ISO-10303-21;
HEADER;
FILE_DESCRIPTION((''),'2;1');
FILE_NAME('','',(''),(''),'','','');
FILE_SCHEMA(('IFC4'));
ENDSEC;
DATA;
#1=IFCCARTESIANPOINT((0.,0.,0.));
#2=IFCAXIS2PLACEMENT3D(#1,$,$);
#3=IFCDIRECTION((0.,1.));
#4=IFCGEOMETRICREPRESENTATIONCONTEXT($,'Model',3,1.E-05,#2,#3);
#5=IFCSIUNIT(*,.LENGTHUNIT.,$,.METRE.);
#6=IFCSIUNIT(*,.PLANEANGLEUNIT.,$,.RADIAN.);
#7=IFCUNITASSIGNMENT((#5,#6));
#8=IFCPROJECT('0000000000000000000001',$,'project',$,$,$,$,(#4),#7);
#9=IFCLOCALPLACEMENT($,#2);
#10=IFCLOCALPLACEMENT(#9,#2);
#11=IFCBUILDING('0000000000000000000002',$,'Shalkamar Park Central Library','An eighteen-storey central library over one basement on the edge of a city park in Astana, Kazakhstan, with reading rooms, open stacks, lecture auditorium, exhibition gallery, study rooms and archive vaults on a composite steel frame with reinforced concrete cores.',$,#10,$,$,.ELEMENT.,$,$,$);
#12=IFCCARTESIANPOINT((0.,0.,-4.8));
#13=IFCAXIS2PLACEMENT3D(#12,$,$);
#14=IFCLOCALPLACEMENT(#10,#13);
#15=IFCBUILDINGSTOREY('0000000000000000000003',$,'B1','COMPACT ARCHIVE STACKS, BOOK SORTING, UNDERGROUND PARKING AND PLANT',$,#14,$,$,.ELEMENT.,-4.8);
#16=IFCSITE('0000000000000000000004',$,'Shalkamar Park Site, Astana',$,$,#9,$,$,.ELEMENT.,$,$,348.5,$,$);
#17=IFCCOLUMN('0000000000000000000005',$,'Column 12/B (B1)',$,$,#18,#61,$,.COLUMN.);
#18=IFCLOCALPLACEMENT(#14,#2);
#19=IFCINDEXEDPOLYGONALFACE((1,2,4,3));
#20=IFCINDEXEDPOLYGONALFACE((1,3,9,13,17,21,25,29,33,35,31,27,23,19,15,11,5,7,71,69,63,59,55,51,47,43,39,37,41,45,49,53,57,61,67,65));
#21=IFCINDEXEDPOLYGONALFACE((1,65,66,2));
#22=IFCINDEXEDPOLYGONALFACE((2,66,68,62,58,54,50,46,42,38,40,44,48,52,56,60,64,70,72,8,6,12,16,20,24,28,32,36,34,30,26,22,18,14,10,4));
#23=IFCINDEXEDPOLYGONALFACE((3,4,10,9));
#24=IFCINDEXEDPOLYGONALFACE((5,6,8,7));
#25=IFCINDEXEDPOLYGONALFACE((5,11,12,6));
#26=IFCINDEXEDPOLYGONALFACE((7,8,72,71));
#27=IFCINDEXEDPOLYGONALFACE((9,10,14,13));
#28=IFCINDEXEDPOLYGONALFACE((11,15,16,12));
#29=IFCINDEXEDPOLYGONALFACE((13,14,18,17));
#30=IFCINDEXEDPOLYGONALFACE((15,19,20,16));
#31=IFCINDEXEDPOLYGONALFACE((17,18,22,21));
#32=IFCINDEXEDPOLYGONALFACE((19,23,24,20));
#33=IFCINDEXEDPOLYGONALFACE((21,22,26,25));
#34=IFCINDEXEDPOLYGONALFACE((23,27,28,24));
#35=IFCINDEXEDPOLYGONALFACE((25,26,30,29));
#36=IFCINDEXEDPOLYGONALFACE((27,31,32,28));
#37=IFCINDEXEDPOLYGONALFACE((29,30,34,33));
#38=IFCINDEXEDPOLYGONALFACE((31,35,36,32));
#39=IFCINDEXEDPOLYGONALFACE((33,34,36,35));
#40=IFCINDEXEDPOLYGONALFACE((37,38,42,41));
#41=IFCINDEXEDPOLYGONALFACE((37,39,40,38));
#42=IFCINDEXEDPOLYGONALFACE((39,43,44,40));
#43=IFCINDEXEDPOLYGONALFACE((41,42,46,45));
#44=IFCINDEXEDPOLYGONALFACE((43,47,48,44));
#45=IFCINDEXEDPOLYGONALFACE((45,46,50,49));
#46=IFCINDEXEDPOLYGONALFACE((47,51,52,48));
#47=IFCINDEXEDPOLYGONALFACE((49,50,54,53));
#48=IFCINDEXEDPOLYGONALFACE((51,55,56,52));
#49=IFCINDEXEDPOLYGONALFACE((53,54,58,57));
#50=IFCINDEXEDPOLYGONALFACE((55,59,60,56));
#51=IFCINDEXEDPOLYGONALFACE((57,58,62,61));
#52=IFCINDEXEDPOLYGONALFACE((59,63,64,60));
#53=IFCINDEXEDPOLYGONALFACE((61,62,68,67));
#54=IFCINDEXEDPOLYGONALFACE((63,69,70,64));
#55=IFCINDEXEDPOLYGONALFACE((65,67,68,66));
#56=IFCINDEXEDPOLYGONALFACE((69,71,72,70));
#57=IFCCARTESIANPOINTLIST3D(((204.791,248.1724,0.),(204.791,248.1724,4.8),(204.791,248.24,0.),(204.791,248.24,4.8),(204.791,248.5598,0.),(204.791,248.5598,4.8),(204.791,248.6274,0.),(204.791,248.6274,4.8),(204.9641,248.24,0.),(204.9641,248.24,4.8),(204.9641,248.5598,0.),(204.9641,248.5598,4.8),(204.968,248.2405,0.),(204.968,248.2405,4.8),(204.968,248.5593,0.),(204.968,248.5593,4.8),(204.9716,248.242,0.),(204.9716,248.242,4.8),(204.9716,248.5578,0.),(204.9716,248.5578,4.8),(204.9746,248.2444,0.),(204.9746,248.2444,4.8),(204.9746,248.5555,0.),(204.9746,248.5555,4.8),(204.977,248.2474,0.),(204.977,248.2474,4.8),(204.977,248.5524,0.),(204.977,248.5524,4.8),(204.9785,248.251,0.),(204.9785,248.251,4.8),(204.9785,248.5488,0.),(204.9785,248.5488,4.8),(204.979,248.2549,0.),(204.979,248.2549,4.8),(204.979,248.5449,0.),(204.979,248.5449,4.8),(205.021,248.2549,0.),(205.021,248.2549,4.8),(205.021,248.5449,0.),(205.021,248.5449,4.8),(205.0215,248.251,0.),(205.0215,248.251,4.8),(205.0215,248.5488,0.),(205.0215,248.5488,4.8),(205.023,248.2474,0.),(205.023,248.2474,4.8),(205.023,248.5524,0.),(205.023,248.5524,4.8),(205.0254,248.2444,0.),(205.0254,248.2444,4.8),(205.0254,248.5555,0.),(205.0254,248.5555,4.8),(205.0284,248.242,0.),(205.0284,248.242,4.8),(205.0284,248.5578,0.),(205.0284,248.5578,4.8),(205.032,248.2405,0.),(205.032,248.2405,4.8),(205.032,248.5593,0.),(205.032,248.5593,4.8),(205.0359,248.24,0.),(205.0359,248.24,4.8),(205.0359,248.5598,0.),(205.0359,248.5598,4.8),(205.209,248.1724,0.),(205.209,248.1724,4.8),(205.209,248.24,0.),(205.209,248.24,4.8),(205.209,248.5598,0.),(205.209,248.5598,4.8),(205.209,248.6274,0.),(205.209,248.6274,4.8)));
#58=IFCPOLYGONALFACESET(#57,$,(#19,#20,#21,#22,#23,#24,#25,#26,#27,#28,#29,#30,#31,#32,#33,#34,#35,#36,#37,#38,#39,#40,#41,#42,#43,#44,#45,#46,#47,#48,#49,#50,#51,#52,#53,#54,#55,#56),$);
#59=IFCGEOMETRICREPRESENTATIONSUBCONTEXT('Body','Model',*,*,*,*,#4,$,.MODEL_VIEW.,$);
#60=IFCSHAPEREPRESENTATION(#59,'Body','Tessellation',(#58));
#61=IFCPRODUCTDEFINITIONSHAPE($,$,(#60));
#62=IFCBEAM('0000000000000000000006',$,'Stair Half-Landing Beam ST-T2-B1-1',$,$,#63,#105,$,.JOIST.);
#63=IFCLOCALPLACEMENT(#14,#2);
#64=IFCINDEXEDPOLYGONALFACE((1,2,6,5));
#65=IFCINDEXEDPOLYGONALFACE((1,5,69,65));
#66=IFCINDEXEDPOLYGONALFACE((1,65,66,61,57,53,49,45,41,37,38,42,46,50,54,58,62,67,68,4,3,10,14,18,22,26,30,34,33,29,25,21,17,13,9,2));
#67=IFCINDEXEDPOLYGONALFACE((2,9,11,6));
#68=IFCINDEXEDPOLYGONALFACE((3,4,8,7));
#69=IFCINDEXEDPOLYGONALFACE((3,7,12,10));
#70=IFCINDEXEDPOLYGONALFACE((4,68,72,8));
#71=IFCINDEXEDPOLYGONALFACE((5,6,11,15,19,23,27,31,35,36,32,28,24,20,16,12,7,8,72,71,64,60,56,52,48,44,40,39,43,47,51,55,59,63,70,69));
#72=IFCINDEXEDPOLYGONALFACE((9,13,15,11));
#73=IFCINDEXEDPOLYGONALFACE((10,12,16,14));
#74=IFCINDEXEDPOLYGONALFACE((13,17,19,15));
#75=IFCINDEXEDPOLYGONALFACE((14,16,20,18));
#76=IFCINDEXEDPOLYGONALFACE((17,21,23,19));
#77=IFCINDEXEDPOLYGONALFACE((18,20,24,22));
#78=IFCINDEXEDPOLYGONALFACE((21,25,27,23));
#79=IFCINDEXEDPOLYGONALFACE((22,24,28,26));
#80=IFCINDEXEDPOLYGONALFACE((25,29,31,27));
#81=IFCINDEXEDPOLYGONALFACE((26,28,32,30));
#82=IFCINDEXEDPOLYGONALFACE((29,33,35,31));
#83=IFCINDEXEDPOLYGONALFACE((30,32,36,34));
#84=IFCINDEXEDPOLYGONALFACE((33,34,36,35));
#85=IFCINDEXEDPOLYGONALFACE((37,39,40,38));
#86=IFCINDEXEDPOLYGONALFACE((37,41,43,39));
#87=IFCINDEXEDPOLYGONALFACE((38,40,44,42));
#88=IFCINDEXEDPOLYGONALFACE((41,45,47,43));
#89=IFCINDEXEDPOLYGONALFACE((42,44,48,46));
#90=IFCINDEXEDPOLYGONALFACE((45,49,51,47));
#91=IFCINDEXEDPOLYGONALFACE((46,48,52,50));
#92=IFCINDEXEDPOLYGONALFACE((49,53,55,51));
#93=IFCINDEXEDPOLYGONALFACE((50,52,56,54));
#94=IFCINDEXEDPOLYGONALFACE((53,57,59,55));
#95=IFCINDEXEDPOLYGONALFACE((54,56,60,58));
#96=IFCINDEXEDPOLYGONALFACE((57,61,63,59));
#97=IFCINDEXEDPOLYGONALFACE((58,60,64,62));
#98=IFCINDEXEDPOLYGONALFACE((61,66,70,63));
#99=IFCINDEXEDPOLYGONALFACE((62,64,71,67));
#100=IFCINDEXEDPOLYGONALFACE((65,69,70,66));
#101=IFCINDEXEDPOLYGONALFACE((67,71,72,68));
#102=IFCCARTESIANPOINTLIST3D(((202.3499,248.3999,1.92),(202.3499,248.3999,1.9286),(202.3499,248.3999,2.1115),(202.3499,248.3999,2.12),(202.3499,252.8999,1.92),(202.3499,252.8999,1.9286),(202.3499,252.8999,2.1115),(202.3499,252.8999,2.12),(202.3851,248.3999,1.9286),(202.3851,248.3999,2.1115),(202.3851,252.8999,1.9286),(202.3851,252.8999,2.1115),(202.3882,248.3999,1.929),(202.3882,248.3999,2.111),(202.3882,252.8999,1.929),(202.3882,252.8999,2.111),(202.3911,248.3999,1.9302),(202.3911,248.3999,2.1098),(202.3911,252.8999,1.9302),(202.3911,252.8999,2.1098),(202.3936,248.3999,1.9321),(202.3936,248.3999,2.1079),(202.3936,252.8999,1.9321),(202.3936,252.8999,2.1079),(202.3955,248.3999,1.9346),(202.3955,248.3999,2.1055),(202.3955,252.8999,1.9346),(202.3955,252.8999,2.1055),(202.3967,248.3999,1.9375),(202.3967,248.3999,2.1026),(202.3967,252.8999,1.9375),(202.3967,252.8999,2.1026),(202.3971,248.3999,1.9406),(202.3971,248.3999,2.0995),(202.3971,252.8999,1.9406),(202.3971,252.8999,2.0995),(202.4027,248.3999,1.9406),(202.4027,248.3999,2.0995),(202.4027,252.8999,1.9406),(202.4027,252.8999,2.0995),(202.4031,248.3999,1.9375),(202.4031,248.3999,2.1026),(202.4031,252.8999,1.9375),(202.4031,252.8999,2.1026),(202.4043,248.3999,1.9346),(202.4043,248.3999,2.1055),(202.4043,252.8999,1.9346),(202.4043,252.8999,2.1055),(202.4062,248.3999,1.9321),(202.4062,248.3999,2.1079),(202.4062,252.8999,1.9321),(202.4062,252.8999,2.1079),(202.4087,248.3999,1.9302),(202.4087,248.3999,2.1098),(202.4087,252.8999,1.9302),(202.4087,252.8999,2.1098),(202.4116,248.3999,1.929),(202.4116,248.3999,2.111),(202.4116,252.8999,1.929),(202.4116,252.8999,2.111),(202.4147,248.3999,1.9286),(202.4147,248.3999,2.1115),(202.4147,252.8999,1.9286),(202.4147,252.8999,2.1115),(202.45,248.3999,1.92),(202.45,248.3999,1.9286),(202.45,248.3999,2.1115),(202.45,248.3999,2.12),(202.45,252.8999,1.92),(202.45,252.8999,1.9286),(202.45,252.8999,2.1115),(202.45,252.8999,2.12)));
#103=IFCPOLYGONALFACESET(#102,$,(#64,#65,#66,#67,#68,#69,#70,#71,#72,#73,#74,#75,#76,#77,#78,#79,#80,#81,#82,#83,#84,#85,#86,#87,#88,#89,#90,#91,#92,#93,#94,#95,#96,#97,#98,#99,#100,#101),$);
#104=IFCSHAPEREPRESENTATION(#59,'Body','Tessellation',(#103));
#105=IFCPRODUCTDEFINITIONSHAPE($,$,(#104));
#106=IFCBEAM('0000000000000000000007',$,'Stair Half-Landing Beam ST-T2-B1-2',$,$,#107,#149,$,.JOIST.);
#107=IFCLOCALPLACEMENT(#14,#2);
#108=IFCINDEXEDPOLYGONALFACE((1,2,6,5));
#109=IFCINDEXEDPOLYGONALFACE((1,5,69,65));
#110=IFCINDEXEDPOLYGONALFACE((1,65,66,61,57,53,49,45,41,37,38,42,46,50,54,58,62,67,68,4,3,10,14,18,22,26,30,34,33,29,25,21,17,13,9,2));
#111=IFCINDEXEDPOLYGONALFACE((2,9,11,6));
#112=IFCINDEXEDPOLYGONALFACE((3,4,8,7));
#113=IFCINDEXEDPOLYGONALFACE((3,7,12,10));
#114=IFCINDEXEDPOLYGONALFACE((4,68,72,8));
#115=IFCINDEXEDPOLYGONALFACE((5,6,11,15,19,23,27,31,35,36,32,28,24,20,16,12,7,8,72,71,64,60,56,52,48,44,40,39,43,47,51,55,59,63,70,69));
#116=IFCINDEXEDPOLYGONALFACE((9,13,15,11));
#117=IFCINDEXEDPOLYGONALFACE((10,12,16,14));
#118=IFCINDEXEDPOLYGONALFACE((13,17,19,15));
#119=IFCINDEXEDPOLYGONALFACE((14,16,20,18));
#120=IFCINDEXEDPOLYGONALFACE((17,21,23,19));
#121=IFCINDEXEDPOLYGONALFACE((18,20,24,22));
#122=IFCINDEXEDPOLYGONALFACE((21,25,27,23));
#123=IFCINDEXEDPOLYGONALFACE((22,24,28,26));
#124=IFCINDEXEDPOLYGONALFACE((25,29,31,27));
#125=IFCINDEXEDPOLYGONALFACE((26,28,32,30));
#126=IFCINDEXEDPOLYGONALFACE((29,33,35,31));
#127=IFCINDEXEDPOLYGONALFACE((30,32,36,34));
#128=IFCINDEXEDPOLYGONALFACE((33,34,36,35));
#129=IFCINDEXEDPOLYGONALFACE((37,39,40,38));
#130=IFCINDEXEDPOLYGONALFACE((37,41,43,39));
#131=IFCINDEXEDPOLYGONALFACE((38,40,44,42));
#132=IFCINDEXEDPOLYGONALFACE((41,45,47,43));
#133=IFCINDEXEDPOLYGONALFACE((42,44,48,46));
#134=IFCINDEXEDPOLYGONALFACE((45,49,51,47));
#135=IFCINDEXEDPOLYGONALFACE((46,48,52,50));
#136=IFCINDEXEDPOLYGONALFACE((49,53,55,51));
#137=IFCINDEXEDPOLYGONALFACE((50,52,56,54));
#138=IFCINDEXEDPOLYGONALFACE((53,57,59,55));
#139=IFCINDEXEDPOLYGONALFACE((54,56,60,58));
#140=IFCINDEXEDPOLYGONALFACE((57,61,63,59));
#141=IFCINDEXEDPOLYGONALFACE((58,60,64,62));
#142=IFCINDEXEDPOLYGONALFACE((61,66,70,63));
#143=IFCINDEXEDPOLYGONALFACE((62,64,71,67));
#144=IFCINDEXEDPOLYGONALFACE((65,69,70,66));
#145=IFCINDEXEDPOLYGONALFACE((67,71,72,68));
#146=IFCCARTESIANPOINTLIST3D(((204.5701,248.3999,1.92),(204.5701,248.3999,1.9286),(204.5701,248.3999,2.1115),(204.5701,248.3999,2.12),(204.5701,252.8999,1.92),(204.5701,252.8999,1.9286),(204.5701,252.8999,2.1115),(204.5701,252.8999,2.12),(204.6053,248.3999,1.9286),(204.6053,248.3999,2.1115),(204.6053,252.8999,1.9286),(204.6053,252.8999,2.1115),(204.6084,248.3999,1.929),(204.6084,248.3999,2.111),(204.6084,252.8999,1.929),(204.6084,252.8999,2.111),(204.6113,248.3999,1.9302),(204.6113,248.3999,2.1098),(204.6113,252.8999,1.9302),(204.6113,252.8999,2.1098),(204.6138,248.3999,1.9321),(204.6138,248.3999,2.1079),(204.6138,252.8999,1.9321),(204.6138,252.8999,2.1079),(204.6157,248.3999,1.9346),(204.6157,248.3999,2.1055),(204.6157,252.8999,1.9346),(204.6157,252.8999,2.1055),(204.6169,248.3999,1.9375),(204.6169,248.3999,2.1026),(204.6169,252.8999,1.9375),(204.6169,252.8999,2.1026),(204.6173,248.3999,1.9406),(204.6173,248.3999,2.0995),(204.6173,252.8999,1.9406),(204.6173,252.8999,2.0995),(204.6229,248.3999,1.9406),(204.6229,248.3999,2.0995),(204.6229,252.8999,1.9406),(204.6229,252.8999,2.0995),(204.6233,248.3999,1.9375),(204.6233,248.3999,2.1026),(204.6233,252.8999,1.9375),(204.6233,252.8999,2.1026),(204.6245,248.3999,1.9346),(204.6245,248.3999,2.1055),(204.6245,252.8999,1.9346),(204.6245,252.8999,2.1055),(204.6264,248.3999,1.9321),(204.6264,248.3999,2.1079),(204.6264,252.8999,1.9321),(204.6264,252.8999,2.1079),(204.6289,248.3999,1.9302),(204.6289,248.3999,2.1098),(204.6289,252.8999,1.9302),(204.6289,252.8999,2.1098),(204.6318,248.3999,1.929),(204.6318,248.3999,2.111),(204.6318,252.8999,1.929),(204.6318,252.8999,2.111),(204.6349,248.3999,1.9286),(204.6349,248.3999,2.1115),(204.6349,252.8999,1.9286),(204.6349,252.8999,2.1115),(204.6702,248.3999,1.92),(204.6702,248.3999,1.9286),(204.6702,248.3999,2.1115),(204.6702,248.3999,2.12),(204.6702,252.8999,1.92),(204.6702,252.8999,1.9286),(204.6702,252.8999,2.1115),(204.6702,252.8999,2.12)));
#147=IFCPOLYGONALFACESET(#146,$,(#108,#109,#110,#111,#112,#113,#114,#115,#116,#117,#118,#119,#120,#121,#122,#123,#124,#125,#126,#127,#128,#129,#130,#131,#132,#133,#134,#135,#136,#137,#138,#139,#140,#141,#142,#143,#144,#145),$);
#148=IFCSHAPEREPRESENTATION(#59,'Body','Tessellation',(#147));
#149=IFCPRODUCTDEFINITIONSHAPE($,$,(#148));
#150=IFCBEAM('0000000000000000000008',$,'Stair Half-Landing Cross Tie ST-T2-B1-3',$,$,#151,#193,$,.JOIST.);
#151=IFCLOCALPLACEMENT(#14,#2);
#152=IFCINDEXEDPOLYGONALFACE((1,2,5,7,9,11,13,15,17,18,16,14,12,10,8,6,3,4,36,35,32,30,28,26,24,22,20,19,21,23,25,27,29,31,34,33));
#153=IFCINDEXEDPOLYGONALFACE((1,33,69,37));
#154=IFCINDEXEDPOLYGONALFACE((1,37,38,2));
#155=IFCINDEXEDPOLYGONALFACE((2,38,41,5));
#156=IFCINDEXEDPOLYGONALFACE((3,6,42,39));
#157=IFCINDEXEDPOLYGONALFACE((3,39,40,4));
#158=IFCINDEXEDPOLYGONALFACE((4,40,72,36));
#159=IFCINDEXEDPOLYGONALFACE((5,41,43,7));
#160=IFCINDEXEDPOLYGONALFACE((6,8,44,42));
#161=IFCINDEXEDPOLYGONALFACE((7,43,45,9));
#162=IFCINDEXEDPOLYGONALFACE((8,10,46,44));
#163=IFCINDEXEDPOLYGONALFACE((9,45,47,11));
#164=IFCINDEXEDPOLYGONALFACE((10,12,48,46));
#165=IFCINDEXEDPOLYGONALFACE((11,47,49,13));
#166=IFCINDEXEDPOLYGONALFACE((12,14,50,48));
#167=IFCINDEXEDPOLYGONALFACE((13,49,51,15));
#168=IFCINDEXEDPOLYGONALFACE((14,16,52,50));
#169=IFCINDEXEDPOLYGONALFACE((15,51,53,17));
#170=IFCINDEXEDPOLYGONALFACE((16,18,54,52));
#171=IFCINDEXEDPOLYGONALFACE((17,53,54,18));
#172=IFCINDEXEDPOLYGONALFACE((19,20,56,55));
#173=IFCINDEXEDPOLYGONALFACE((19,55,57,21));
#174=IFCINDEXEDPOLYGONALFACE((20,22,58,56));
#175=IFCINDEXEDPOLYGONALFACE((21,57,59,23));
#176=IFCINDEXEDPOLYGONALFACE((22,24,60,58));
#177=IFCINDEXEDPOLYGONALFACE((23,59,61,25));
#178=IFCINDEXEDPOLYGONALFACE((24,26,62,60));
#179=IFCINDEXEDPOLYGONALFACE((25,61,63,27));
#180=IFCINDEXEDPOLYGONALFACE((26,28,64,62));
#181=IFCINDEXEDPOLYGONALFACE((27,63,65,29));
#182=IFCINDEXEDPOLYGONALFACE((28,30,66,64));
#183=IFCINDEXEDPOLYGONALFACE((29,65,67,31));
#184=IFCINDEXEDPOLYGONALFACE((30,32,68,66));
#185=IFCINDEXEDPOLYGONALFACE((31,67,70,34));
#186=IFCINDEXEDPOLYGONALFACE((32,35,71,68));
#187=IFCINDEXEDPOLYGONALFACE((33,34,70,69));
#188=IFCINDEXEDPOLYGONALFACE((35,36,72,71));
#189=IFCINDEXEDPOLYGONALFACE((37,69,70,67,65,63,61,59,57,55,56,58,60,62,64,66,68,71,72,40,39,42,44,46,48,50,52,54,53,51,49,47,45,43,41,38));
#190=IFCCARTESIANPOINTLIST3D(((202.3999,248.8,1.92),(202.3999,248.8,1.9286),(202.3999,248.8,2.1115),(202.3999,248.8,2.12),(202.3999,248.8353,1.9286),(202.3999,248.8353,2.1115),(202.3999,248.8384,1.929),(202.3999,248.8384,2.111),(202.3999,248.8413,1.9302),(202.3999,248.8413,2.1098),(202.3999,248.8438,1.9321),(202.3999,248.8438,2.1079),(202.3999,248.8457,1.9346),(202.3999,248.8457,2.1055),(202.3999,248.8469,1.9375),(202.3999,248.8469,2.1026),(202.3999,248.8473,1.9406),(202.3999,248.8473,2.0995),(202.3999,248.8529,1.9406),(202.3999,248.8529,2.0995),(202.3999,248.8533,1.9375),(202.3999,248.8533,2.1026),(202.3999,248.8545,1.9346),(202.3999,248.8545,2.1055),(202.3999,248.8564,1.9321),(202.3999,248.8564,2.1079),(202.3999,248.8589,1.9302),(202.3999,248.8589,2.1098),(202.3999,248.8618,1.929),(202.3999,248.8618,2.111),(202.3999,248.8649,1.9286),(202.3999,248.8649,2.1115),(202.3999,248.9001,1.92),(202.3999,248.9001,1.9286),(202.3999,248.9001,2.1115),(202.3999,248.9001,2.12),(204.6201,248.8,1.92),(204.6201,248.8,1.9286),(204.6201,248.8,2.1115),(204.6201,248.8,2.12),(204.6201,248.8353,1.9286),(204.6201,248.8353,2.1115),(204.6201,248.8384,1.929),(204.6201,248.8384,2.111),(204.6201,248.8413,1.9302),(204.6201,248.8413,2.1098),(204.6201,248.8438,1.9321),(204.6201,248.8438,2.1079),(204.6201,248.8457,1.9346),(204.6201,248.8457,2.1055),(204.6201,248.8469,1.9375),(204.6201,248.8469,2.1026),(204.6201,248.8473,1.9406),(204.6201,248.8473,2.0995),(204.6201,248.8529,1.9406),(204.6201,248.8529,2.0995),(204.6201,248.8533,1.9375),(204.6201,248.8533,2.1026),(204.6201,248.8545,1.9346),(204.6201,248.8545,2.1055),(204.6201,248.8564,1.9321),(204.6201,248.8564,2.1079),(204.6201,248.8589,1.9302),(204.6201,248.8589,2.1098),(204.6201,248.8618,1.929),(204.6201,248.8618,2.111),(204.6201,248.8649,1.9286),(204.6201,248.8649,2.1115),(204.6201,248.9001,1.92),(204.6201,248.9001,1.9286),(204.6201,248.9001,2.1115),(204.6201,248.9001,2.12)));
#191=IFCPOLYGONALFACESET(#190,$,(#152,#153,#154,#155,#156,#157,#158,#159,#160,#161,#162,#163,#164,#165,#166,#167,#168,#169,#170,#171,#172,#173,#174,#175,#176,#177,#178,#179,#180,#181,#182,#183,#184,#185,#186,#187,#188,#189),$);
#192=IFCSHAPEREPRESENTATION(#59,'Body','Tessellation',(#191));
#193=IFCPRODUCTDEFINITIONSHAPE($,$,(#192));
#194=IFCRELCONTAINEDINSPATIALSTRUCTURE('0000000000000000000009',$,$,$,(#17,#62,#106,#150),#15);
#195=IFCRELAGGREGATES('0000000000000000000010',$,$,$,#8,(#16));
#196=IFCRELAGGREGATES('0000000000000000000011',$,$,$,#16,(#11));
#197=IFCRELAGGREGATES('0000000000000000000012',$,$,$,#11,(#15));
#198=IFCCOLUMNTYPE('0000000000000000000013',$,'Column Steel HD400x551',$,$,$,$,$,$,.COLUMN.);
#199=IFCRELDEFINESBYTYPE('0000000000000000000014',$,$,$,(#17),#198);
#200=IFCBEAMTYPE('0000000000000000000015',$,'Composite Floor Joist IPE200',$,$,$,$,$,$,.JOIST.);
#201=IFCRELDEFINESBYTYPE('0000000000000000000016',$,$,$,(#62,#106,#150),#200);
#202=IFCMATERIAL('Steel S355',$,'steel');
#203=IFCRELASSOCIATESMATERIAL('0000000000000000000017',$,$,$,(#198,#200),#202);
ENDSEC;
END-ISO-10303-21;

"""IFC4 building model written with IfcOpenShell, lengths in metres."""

from ifc_helpers import new_model, si_unit, direction, frame, origin, origin_2d, place, context, subcontext, project, spatial, i_section, extrude, material, material_profile, profile_set, type_object, element, save


model = new_model("IFC4")

# Units and contexts
model_context = context("Model", 3, precision=1e-05, world=origin(), true_north=direction((0.0, 1.0)))
body_context = subcontext(model_context, "Body", "Model", "MODEL_VIEW")
ifc_project = project(units=[si_unit("LENGTHUNIT", "METRE"), si_unit("PLANEANGLEUNIT", "RADIAN")], contexts=[model_context])

# Site, building, storey
site_placement = place(None, origin())
site = spatial("IfcSite", under=ifc_project, at=site_placement, Name="Shalkamar Park Site, Astana", CompositionType="ELEMENT", RefElevation=348.5)
building_placement = place(site_placement, origin())
building = spatial("IfcBuilding", under=site, at=building_placement, Name="Shalkamar Park Central Library", Description="An eighteen-storey central library over one basement on the edge of a city park in Astana, Kazakhstan, with reading rooms, open stacks, lecture auditorium, exhibition gallery, study rooms and archive vaults on a composite steel frame with reinforced concrete cores.", CompositionType="ELEMENT")
storey_placement = place(building_placement, frame((0.0, 0.0, -4.8)))
storey = spatial("IfcBuildingStorey", under=building, at=storey_placement, Name="B1", Description="COMPACT ARCHIVE STACKS, BOOK SORTING, UNDERGROUND PARKING AND PLANT", CompositionType="ELEMENT", Elevation=-4.8)

# Column
ifc_material_1 = material(Name="Steel S355", Category="steel")
ifc_material_profile_1 = material_profile(ifc_material_1, i_section(OverallWidth=0.418, OverallDepth=0.4551, WebThickness=0.042, FlangeThickness=0.0676, FilletRadius=0.0149, at=origin_2d()), Name="HD 400x551")
ifc_profile_set_1 = profile_set([ifc_material_profile_1], Name="Steel S355")
column_type_1 = type_object("IfcColumnType", Name="Column Steel HD400x551", PredefinedType="COLUMN", material=ifc_profile_set_1)
column_1_placement = place(storey_placement, frame((205.0, 248.3999, 0.0), z_axis=(0.0, 0.0, 1.0), x_axis=(1.0, 0.0, 0.0)))
element("IfcColumn", 1, at=column_1_placement, inside=storey, type_object=column_type_1, Name="Column 12/B (B1)", PredefinedType="COLUMN", context=body_context, shape_type="SweptSolid", body=[
    extrude(i_section(OverallWidth=0.418, OverallDepth=0.4551, WebThickness=0.042, FlangeThickness=0.0676, FilletRadius=0.0149, at=origin_2d()), origin(), (0.0, 0.0, 1.0), 4.8),
])

# Beams
ifc_material_profile_2 = material_profile(ifc_material_1, i_section(OverallWidth=0.1001, OverallDepth=0.2, WebThickness=0.0056, FlangeThickness=0.0085, FilletRadius=0.012, at=origin_2d()), Name="IPE 200")
ifc_profile_set_2 = profile_set([ifc_material_profile_2], Name="Steel S355")
beam_type_1 = type_object("IfcBeamType", Name="Composite Floor Joist IPE200", PredefinedType="JOIST", material=ifc_profile_set_2)
for number, where, z_axis, x_axis, name in (
    (2, (202.3999, 248.3999, 2.02), (0.0, 1.0, 0.0), (-1.0, 0.0, 0.0), "Stair Half-Landing Beam ST-T2-B1-1"),
    (3, (204.6201, 248.3999, 2.02), (0.0, 1.0, 0.0), (-1.0, 0.0, 0.0), "Stair Half-Landing Beam ST-T2-B1-2"),
):
    element("IfcBeam", number, at=place(storey_placement, frame(where, z_axis=z_axis, x_axis=x_axis)), inside=storey, type_object=beam_type_1, Name=name, PredefinedType="JOIST", context=body_context, shape_type="SweptSolid", body=[
        extrude(i_section(OverallWidth=0.1001, OverallDepth=0.2, WebThickness=0.0056, FlangeThickness=0.0085, FilletRadius=0.012, at=origin_2d()), origin(), (0.0, 0.0, 1.0), 4.5),
    ])
beam_1_placement = place(storey_placement, frame((202.3999, 248.8501, 2.02), z_axis=(1.0, 0.0, 0.0), x_axis=(0.0, 1.0, 0.0)))
element("IfcBeam", 4, at=beam_1_placement, inside=storey, type_object=beam_type_1, Name="Stair Half-Landing Cross Tie ST-T2-B1-3", PredefinedType="JOIST", context=body_context, shape_type="SweptSolid", body=[
    extrude(i_section(OverallWidth=0.1001, OverallDepth=0.2, WebThickness=0.0056, FlangeThickness=0.0085, FilletRadius=0.012, at=origin_2d()), origin(), (0.0, 0.0, 1.0), 2.2202),
])

save(model, "model.ifc")
